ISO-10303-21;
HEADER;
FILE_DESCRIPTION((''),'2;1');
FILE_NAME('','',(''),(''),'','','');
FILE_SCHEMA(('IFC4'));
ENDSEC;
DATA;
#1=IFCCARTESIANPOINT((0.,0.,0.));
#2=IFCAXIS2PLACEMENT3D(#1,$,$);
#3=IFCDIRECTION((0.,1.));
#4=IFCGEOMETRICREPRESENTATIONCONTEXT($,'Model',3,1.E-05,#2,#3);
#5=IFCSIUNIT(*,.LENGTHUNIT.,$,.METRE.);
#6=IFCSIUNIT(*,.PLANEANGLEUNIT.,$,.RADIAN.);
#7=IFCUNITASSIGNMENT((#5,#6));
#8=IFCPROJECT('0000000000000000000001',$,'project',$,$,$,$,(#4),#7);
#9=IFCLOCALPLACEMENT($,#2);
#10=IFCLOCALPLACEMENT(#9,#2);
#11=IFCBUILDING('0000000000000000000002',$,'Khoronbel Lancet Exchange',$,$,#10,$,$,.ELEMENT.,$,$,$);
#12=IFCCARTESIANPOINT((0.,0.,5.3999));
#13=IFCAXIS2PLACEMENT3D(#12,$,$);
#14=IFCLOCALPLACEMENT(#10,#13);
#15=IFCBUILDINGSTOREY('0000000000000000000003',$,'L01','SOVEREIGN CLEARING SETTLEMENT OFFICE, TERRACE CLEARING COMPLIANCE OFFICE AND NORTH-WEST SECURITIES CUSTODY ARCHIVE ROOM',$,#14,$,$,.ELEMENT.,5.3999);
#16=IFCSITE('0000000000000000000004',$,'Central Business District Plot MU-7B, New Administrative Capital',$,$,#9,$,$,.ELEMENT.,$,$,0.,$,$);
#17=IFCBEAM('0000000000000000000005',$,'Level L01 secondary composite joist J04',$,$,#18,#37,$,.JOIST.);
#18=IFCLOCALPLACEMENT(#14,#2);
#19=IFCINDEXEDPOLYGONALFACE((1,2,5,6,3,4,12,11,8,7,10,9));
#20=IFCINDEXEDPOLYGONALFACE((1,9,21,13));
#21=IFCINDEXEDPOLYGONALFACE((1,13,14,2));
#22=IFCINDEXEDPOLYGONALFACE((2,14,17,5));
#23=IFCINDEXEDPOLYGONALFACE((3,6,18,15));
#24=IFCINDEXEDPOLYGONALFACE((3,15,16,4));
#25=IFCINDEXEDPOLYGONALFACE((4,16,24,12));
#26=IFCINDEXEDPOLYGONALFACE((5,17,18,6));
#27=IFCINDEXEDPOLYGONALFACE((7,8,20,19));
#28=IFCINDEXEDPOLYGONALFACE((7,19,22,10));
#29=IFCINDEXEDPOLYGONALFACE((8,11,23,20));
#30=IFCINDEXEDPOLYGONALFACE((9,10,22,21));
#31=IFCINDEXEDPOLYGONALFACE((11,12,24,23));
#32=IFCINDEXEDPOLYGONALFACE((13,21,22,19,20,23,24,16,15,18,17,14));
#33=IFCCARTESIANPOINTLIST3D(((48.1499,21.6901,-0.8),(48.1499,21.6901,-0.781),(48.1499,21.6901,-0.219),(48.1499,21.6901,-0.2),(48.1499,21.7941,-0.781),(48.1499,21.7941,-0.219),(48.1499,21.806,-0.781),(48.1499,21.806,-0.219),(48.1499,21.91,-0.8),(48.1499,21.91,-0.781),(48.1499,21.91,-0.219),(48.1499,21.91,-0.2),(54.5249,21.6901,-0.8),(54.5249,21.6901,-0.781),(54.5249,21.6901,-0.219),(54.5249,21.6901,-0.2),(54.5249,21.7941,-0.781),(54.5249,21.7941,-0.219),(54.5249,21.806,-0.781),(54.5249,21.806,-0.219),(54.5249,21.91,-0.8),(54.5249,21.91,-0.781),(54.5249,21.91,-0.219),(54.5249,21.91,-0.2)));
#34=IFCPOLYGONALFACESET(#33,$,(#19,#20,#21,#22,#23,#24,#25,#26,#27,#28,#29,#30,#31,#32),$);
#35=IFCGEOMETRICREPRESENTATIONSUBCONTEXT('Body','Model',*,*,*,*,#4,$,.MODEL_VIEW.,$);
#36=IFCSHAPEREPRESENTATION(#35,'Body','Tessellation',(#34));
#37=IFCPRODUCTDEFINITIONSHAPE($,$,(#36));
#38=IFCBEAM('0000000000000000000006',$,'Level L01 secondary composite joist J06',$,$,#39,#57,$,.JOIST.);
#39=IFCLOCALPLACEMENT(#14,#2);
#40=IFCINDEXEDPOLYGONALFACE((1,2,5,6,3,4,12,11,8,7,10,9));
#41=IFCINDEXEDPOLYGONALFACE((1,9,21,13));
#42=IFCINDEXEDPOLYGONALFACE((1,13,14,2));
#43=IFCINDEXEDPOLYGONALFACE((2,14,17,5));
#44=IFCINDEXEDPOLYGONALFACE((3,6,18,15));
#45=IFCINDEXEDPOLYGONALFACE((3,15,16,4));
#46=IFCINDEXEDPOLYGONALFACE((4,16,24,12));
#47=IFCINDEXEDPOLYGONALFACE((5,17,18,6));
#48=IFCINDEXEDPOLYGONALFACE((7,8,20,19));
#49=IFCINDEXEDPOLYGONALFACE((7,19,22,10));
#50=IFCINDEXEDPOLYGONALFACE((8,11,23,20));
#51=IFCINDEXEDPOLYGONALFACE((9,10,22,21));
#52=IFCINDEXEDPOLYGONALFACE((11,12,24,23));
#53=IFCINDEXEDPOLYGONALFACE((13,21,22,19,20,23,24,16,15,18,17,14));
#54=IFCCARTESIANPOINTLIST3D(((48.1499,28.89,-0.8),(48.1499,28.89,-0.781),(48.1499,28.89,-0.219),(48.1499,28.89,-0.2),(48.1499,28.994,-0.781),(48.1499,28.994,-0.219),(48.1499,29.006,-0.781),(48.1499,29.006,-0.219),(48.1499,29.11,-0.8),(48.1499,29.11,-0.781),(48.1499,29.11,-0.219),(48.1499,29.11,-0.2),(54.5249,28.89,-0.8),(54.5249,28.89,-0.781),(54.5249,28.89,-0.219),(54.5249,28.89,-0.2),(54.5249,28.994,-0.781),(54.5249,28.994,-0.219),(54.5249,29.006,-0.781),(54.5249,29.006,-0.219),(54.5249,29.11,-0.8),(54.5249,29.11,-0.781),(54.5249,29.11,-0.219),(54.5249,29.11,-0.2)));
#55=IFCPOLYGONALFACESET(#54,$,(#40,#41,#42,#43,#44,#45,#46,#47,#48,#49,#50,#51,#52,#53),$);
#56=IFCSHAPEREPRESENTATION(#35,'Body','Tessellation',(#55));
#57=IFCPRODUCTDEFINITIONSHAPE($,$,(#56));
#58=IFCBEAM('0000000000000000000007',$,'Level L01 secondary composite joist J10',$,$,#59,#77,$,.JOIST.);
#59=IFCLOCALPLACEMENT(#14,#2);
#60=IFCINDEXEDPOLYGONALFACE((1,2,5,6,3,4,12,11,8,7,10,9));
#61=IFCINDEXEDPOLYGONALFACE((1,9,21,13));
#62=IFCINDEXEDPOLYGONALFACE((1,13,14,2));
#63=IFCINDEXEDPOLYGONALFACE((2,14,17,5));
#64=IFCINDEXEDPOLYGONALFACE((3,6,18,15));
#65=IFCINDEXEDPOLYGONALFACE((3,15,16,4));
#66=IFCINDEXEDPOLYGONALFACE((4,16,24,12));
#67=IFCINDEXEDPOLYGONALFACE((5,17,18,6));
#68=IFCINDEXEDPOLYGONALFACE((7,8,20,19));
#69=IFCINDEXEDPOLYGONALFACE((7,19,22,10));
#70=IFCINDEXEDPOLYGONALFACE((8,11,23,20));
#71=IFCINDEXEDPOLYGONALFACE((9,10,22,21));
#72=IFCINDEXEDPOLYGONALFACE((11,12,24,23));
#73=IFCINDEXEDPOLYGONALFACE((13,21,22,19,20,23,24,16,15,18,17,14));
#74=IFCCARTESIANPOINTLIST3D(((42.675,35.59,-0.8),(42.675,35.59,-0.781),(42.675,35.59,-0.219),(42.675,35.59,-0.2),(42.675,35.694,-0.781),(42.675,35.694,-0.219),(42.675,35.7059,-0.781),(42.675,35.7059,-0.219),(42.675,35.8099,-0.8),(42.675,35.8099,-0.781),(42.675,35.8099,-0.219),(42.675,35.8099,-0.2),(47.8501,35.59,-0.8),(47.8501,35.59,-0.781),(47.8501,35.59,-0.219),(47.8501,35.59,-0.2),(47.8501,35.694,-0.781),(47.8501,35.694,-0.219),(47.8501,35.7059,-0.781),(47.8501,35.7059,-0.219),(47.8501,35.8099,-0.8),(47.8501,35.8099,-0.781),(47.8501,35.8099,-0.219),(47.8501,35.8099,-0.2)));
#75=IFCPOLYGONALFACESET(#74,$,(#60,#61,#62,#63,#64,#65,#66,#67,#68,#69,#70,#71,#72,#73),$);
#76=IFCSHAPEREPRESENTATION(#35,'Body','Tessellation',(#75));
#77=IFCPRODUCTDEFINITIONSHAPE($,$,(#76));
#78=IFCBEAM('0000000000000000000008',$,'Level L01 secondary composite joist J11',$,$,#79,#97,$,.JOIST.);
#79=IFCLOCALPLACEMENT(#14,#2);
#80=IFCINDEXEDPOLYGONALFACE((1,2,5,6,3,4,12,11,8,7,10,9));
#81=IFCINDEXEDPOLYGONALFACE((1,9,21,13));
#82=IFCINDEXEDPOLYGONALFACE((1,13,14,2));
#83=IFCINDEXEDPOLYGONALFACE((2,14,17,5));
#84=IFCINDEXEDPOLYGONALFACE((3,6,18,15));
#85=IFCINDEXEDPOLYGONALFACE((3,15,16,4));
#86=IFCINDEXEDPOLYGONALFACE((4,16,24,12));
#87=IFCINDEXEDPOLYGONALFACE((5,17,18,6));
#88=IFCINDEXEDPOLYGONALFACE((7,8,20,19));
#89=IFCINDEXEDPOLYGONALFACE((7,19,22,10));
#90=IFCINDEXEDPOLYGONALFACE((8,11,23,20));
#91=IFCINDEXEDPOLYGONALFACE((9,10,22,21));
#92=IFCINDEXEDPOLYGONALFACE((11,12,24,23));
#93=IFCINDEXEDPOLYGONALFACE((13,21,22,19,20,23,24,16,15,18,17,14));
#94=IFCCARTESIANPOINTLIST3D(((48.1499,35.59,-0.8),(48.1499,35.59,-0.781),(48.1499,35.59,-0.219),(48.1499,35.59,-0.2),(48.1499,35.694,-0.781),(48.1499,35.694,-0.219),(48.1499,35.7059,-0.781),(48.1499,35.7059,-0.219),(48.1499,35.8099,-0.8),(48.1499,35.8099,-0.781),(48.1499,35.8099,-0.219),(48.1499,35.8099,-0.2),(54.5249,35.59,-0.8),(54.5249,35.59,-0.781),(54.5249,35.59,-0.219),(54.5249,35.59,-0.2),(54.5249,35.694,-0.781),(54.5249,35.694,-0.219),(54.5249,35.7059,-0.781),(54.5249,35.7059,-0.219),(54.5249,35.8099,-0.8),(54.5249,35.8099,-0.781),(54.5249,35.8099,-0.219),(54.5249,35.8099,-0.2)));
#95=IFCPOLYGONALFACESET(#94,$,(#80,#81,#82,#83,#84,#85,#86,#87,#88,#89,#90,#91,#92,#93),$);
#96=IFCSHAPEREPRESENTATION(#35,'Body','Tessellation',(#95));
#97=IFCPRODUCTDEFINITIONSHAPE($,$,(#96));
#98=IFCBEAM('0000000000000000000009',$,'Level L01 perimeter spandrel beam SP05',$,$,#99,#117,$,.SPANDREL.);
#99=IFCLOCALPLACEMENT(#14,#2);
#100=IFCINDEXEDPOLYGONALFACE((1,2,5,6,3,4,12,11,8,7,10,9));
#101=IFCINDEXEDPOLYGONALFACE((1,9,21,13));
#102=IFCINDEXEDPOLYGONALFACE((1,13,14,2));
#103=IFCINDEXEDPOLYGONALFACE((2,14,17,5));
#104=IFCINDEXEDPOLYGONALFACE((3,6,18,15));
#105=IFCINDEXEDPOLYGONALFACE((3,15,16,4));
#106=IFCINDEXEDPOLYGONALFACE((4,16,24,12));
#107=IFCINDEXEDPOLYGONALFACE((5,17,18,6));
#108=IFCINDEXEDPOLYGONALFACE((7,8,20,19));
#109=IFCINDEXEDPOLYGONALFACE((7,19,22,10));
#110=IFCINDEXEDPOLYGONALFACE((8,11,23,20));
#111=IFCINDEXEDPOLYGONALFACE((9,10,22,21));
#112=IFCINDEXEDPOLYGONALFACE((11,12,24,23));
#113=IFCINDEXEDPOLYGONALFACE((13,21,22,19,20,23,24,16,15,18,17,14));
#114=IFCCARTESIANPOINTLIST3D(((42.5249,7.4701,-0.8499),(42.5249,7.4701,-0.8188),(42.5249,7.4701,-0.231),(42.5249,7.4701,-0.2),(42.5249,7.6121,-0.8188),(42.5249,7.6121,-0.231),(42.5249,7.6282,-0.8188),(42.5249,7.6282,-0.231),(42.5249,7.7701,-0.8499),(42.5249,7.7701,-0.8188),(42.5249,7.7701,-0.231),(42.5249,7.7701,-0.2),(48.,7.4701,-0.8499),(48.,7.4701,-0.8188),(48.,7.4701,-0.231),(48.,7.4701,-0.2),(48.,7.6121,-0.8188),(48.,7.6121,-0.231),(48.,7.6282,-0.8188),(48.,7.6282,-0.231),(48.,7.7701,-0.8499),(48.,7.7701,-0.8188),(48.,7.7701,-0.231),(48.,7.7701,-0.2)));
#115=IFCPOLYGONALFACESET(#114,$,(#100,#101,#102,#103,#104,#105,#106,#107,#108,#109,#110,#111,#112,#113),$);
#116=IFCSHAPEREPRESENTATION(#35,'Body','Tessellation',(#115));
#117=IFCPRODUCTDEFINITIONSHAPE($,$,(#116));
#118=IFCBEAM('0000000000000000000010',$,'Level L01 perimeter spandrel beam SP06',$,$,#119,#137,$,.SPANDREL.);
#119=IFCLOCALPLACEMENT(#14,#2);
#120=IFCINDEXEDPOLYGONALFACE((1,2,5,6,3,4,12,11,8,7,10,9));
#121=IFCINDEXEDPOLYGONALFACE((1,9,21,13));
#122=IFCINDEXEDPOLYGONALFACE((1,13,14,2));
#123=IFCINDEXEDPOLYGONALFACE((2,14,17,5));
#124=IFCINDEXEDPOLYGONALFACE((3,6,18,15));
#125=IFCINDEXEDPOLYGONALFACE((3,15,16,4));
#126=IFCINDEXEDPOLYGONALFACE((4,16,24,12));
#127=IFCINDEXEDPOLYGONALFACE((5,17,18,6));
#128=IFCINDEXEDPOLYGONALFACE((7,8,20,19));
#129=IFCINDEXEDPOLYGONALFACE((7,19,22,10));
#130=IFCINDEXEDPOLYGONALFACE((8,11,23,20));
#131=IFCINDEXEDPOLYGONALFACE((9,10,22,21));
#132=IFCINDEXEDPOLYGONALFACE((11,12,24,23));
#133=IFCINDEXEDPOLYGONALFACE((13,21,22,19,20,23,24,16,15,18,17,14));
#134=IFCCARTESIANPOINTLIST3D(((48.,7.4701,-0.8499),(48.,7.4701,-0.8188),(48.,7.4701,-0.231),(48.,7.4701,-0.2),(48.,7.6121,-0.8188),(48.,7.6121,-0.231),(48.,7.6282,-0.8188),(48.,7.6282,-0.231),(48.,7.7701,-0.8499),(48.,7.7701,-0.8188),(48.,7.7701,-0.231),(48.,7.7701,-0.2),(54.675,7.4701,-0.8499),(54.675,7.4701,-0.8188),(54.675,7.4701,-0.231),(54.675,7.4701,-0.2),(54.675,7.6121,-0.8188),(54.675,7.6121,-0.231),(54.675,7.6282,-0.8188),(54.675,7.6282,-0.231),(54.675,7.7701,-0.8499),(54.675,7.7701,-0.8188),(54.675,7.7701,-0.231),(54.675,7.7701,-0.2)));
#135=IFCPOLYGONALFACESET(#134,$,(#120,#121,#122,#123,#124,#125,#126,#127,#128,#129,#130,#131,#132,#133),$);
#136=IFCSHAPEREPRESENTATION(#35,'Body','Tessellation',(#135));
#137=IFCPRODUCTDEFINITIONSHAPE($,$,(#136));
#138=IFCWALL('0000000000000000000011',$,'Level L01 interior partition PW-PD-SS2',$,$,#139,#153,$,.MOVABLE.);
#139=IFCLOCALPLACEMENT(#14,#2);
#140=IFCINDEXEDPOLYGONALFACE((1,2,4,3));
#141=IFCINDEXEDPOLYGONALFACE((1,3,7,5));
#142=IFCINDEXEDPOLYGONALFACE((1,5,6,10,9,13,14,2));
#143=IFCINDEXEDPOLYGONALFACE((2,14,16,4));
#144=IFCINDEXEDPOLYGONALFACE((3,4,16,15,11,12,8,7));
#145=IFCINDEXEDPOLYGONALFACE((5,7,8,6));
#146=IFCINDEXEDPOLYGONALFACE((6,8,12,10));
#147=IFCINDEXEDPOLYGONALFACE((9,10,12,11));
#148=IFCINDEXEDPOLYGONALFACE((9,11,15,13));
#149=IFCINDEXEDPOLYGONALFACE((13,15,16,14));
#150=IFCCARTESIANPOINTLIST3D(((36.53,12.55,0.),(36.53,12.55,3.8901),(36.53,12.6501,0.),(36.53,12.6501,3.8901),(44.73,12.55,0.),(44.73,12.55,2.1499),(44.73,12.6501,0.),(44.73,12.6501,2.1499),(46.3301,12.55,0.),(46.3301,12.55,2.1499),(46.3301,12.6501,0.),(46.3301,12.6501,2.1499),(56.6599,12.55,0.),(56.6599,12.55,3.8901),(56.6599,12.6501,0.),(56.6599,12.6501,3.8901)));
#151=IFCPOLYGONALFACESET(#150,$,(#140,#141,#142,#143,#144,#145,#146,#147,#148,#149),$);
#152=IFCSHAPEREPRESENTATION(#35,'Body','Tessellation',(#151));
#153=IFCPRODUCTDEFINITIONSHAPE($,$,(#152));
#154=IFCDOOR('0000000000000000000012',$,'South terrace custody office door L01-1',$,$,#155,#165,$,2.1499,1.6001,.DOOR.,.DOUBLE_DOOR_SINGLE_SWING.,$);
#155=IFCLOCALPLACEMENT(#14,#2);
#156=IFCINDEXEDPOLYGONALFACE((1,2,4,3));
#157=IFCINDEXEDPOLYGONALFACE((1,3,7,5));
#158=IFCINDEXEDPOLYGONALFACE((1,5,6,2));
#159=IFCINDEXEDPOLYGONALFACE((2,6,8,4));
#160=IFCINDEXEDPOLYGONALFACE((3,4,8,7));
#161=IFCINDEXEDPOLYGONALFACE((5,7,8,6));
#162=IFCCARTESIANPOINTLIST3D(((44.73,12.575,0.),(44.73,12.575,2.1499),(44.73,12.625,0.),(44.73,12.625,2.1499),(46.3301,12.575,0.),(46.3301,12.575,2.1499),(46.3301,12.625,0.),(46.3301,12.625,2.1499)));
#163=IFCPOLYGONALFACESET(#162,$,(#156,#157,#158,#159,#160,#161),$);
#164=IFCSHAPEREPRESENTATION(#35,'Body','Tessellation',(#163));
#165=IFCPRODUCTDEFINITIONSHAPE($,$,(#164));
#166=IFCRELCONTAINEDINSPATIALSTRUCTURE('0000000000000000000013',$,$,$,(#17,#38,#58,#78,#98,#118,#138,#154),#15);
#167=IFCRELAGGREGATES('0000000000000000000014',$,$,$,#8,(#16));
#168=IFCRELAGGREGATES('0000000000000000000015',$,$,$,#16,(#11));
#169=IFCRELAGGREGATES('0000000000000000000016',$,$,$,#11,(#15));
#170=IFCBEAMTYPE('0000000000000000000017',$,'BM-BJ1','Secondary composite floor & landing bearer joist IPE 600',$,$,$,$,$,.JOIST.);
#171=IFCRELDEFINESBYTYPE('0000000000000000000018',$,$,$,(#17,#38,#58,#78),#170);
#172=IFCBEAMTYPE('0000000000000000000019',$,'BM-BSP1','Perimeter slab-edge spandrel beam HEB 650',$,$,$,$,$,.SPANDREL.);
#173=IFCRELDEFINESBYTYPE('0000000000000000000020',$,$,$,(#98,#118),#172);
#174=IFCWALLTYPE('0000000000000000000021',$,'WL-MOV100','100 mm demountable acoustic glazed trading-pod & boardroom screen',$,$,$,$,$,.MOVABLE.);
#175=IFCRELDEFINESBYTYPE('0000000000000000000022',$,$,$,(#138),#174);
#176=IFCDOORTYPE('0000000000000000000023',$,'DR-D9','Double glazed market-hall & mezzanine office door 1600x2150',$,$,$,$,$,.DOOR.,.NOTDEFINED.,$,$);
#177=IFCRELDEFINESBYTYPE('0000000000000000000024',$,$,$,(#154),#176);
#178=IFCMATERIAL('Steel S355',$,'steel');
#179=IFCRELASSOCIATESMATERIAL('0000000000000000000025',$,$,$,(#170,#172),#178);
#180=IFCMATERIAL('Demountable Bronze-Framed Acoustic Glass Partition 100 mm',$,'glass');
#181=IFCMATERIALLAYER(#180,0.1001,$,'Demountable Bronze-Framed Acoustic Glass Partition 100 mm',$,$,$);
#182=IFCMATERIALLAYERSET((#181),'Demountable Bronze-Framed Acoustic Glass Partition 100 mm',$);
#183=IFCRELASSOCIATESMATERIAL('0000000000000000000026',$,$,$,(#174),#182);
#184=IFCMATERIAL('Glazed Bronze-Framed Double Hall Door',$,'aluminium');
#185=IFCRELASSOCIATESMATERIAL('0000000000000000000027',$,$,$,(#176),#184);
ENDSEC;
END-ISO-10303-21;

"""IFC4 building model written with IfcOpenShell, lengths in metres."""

from ifc_helpers import new_model, si_unit, direction, frame, frame_2d, origin, origin_2d, place, context, subcontext, project, spatial, rectangle, i_section, extrude, material, layer, layer_set, material_profile, profile_set, type_object, element, fill, save


model = new_model("IFC4")

# Units and contexts
model_context = context("Model", 3, precision=1e-05, world=origin(), true_north=direction((0.0, 1.0)))
body_context = subcontext(model_context, "Body", "Model", "MODEL_VIEW")
ifc_project = project(units=[si_unit("LENGTHUNIT", "METRE"), si_unit("PLANEANGLEUNIT", "RADIAN")], contexts=[model_context])

# Site, building, storey
site_placement = place(None, origin())
site = spatial("IfcSite", under=ifc_project, at=site_placement, Name="Central Business District Plot MU-7B, New Administrative Capital", CompositionType="ELEMENT", RefElevation=0.0)
building_placement = place(site_placement, origin())
building = spatial("IfcBuilding", under=site, at=building_placement, Name="Khoronbel Lancet Exchange", CompositionType="ELEMENT")
storey_placement = place(building_placement, frame((0.0, 0.0, 5.3999)))
storey = spatial("IfcBuildingStorey", under=building, at=storey_placement, Name="L01", Description="SOVEREIGN CLEARING SETTLEMENT OFFICE, TERRACE CLEARING COMPLIANCE OFFICE AND NORTH-WEST SECURITIES CUSTODY ARCHIVE ROOM", CompositionType="ELEMENT", Elevation=5.3999)

# Beams
ifc_material_1 = material(Name="Steel S355", Category="steel")
ifc_material_profile_1 = material_profile(ifc_material_1, i_section(OverallWidth=0.22, OverallDepth=0.6001, WebThickness=0.012, FlangeThickness=0.019, at=origin_2d()), Name="IPE 600")
ifc_profile_set_1 = profile_set([ifc_material_profile_1], Name="Steel S355")
beam_type_1 = type_object("IfcBeamType", Name="BM-BJ1", Description="Secondary composite floor & landing bearer joist IPE 600", PredefinedType="JOIST", material=ifc_profile_set_1)
for number, where, z_axis, x_axis, name in (
    (1, (48.1499, 21.8, -0.5), (1.0, 0.0, 0.0), (0.0, 1.0, 0.0), "Level L01 secondary composite joist J04"),
    (2, (48.1499, 29.0, -0.5), (1.0, 0.0, 0.0), (0.0, 1.0, 0.0), "Level L01 secondary composite joist J06"),
):
    element("IfcBeam", number, at=place(storey_placement, frame(where, z_axis=z_axis, x_axis=x_axis)), inside=storey, type_object=beam_type_1, Name=name, PredefinedType="JOIST", context=body_context, shape_type="SweptSolid", body=[
        extrude(i_section(OverallWidth=0.22, OverallDepth=0.6001, WebThickness=0.012, FlangeThickness=0.019, at=origin_2d()), origin(), (0.0, 0.0, 1.0), 6.375),
    ])
beam_1_placement = place(storey_placement, frame((42.675, 35.7, -0.5), z_axis=(1.0, 0.0, 0.0), x_axis=(0.0, 1.0, 0.0)))
element("IfcBeam", 3, at=beam_1_placement, inside=storey, type_object=beam_type_1, Name="Level L01 secondary composite joist J10", PredefinedType="JOIST", context=body_context, shape_type="SweptSolid", body=[
    extrude(i_section(OverallWidth=0.22, OverallDepth=0.6001, WebThickness=0.012, FlangeThickness=0.019, at=origin_2d()), origin(), (0.0, 0.0, 1.0), 5.175),
])
beam_2_placement = place(storey_placement, frame((48.1499, 35.7, -0.5), z_axis=(1.0, 0.0, 0.0), x_axis=(0.0, 1.0, 0.0)))
element("IfcBeam", 4, at=beam_2_placement, inside=storey, type_object=beam_type_1, Name="Level L01 secondary composite joist J11", PredefinedType="JOIST", context=body_context, shape_type="SweptSolid", body=[
    extrude(i_section(OverallWidth=0.22, OverallDepth=0.6001, WebThickness=0.012, FlangeThickness=0.019, at=origin_2d()), origin(), (0.0, 0.0, 1.0), 6.375),
])
ifc_material_profile_2 = material_profile(ifc_material_1, i_section(OverallWidth=0.3, OverallDepth=0.6499, WebThickness=0.0161, FlangeThickness=0.031, at=origin_2d()), Name="HEB 650")
ifc_profile_set_2 = profile_set([ifc_material_profile_2], Name="Steel S355")
beam_type_2 = type_object("IfcBeamType", Name="BM-BSP1", Description="Perimeter slab-edge spandrel beam HEB 650", PredefinedType="SPANDREL", material=ifc_profile_set_2)
beam_3_placement = place(storey_placement, frame((42.5249, 7.6201, -0.5249), z_axis=(1.0, 0.0, 0.0), x_axis=(0.0, 1.0, 0.0)))
element("IfcBeam", 5, at=beam_3_placement, inside=storey, type_object=beam_type_2, Name="Level L01 perimeter spandrel beam SP05", PredefinedType="SPANDREL", context=body_context, shape_type="SweptSolid", body=[
    extrude(i_section(OverallWidth=0.3, OverallDepth=0.6499, WebThickness=0.0161, FlangeThickness=0.031, at=origin_2d()), origin(), (0.0, 0.0, 1.0), 5.4751),
])
beam_4_placement = place(storey_placement, frame((48.0, 7.6201, -0.5249), z_axis=(1.0, 0.0, 0.0), x_axis=(0.0, 1.0, 0.0)))
element("IfcBeam", 6, at=beam_4_placement, inside=storey, type_object=beam_type_2, Name="Level L01 perimeter spandrel beam SP06", PredefinedType="SPANDREL", context=body_context, shape_type="SweptSolid", body=[
    extrude(i_section(OverallWidth=0.3, OverallDepth=0.6499, WebThickness=0.0161, FlangeThickness=0.031, at=origin_2d()), origin(), (0.0, 0.0, 1.0), 6.675),
])

# Wall, opening, door
ifc_material_2 = material(Name="Demountable Bronze-Framed Acoustic Glass Partition 100 mm", Category="glass")
ifc_layer_1 = layer(ifc_material_2, 0.1001, Name="Demountable Bronze-Framed Acoustic Glass Partition 100 mm")
ifc_layer_set_1 = layer_set([ifc_layer_1], Name="Demountable Bronze-Framed Acoustic Glass Partition 100 mm")
wall_type_1 = type_object("IfcWallType", Name="WL-MOV100", Description="100 mm demountable acoustic glazed trading-pod & boardroom screen", PredefinedType="MOVABLE", material=ifc_layer_set_1)
wall_1_placement = place(storey_placement, frame((36.53, 12.6001, 0.0), z_axis=(0.0, 0.0, 1.0), x_axis=(1.0, 0.0, 0.0)))
wall_1 = element("IfcWall", 7, at=wall_1_placement, inside=storey, type_object=wall_type_1, Name="Level L01 interior partition PW-PD-SS2", PredefinedType="MOVABLE", context=body_context, shape_type="SweptSolid", body=[
    extrude(rectangle(XDim=20.1299, YDim=0.1001, at=frame_2d((10.0649, 0.0))), origin(), (0.0, 0.0, 1.0), 3.8901),
])
opening_1_placement = place(wall_1_placement, frame((8.2, 0.0, 0.0)))
opening_1 = element("IfcOpeningElement", 8, at=opening_1_placement, cuts=wall_1, PredefinedType="OPENING", context=body_context, shape_type="SweptSolid", body=[
    extrude(rectangle(XDim=1.6001, YDim=2.1499, at=frame_2d((0.8, 1.075))), frame((0.0, 0.0601, 0.0), z_axis=(0.0, -1.0, 0.0), x_axis=(1.0, 0.0, 0.0)), (0.0, 0.0, 1.0), 0.1201),
])
ifc_material_3 = material(Name="Glazed Bronze-Framed Double Hall Door", Category="aluminium")
door_type_1 = type_object("IfcDoorType", Name="DR-D9", Description="Double glazed market-hall & mezzanine office door 1600x2150", OperationType="NOTDEFINED", PredefinedType="DOOR", material=ifc_material_3)
door_1_placement = place(opening_1_placement, origin())
door_1 = element("IfcDoor", 9, at=door_1_placement, inside=storey, type_object=door_type_1, Name="South terrace custody office door L01-1", OperationType="DOUBLE_DOOR_SINGLE_SWING", OverallHeight=2.1499, OverallWidth=1.6001, PredefinedType="DOOR", context=body_context, shape_type="SweptSolid", body=[
    extrude(rectangle(XDim=1.6001, YDim=2.1499, at=frame_2d((0.8, 1.075))), frame((0.0, 0.0249, 0.0), z_axis=(0.0, -1.0, 0.0), x_axis=(1.0, 0.0, 0.0)), (0.0, 0.0, 1.0), 0.05),
])
fill(opening_1, door_1)

save(model, "model.ifc")
